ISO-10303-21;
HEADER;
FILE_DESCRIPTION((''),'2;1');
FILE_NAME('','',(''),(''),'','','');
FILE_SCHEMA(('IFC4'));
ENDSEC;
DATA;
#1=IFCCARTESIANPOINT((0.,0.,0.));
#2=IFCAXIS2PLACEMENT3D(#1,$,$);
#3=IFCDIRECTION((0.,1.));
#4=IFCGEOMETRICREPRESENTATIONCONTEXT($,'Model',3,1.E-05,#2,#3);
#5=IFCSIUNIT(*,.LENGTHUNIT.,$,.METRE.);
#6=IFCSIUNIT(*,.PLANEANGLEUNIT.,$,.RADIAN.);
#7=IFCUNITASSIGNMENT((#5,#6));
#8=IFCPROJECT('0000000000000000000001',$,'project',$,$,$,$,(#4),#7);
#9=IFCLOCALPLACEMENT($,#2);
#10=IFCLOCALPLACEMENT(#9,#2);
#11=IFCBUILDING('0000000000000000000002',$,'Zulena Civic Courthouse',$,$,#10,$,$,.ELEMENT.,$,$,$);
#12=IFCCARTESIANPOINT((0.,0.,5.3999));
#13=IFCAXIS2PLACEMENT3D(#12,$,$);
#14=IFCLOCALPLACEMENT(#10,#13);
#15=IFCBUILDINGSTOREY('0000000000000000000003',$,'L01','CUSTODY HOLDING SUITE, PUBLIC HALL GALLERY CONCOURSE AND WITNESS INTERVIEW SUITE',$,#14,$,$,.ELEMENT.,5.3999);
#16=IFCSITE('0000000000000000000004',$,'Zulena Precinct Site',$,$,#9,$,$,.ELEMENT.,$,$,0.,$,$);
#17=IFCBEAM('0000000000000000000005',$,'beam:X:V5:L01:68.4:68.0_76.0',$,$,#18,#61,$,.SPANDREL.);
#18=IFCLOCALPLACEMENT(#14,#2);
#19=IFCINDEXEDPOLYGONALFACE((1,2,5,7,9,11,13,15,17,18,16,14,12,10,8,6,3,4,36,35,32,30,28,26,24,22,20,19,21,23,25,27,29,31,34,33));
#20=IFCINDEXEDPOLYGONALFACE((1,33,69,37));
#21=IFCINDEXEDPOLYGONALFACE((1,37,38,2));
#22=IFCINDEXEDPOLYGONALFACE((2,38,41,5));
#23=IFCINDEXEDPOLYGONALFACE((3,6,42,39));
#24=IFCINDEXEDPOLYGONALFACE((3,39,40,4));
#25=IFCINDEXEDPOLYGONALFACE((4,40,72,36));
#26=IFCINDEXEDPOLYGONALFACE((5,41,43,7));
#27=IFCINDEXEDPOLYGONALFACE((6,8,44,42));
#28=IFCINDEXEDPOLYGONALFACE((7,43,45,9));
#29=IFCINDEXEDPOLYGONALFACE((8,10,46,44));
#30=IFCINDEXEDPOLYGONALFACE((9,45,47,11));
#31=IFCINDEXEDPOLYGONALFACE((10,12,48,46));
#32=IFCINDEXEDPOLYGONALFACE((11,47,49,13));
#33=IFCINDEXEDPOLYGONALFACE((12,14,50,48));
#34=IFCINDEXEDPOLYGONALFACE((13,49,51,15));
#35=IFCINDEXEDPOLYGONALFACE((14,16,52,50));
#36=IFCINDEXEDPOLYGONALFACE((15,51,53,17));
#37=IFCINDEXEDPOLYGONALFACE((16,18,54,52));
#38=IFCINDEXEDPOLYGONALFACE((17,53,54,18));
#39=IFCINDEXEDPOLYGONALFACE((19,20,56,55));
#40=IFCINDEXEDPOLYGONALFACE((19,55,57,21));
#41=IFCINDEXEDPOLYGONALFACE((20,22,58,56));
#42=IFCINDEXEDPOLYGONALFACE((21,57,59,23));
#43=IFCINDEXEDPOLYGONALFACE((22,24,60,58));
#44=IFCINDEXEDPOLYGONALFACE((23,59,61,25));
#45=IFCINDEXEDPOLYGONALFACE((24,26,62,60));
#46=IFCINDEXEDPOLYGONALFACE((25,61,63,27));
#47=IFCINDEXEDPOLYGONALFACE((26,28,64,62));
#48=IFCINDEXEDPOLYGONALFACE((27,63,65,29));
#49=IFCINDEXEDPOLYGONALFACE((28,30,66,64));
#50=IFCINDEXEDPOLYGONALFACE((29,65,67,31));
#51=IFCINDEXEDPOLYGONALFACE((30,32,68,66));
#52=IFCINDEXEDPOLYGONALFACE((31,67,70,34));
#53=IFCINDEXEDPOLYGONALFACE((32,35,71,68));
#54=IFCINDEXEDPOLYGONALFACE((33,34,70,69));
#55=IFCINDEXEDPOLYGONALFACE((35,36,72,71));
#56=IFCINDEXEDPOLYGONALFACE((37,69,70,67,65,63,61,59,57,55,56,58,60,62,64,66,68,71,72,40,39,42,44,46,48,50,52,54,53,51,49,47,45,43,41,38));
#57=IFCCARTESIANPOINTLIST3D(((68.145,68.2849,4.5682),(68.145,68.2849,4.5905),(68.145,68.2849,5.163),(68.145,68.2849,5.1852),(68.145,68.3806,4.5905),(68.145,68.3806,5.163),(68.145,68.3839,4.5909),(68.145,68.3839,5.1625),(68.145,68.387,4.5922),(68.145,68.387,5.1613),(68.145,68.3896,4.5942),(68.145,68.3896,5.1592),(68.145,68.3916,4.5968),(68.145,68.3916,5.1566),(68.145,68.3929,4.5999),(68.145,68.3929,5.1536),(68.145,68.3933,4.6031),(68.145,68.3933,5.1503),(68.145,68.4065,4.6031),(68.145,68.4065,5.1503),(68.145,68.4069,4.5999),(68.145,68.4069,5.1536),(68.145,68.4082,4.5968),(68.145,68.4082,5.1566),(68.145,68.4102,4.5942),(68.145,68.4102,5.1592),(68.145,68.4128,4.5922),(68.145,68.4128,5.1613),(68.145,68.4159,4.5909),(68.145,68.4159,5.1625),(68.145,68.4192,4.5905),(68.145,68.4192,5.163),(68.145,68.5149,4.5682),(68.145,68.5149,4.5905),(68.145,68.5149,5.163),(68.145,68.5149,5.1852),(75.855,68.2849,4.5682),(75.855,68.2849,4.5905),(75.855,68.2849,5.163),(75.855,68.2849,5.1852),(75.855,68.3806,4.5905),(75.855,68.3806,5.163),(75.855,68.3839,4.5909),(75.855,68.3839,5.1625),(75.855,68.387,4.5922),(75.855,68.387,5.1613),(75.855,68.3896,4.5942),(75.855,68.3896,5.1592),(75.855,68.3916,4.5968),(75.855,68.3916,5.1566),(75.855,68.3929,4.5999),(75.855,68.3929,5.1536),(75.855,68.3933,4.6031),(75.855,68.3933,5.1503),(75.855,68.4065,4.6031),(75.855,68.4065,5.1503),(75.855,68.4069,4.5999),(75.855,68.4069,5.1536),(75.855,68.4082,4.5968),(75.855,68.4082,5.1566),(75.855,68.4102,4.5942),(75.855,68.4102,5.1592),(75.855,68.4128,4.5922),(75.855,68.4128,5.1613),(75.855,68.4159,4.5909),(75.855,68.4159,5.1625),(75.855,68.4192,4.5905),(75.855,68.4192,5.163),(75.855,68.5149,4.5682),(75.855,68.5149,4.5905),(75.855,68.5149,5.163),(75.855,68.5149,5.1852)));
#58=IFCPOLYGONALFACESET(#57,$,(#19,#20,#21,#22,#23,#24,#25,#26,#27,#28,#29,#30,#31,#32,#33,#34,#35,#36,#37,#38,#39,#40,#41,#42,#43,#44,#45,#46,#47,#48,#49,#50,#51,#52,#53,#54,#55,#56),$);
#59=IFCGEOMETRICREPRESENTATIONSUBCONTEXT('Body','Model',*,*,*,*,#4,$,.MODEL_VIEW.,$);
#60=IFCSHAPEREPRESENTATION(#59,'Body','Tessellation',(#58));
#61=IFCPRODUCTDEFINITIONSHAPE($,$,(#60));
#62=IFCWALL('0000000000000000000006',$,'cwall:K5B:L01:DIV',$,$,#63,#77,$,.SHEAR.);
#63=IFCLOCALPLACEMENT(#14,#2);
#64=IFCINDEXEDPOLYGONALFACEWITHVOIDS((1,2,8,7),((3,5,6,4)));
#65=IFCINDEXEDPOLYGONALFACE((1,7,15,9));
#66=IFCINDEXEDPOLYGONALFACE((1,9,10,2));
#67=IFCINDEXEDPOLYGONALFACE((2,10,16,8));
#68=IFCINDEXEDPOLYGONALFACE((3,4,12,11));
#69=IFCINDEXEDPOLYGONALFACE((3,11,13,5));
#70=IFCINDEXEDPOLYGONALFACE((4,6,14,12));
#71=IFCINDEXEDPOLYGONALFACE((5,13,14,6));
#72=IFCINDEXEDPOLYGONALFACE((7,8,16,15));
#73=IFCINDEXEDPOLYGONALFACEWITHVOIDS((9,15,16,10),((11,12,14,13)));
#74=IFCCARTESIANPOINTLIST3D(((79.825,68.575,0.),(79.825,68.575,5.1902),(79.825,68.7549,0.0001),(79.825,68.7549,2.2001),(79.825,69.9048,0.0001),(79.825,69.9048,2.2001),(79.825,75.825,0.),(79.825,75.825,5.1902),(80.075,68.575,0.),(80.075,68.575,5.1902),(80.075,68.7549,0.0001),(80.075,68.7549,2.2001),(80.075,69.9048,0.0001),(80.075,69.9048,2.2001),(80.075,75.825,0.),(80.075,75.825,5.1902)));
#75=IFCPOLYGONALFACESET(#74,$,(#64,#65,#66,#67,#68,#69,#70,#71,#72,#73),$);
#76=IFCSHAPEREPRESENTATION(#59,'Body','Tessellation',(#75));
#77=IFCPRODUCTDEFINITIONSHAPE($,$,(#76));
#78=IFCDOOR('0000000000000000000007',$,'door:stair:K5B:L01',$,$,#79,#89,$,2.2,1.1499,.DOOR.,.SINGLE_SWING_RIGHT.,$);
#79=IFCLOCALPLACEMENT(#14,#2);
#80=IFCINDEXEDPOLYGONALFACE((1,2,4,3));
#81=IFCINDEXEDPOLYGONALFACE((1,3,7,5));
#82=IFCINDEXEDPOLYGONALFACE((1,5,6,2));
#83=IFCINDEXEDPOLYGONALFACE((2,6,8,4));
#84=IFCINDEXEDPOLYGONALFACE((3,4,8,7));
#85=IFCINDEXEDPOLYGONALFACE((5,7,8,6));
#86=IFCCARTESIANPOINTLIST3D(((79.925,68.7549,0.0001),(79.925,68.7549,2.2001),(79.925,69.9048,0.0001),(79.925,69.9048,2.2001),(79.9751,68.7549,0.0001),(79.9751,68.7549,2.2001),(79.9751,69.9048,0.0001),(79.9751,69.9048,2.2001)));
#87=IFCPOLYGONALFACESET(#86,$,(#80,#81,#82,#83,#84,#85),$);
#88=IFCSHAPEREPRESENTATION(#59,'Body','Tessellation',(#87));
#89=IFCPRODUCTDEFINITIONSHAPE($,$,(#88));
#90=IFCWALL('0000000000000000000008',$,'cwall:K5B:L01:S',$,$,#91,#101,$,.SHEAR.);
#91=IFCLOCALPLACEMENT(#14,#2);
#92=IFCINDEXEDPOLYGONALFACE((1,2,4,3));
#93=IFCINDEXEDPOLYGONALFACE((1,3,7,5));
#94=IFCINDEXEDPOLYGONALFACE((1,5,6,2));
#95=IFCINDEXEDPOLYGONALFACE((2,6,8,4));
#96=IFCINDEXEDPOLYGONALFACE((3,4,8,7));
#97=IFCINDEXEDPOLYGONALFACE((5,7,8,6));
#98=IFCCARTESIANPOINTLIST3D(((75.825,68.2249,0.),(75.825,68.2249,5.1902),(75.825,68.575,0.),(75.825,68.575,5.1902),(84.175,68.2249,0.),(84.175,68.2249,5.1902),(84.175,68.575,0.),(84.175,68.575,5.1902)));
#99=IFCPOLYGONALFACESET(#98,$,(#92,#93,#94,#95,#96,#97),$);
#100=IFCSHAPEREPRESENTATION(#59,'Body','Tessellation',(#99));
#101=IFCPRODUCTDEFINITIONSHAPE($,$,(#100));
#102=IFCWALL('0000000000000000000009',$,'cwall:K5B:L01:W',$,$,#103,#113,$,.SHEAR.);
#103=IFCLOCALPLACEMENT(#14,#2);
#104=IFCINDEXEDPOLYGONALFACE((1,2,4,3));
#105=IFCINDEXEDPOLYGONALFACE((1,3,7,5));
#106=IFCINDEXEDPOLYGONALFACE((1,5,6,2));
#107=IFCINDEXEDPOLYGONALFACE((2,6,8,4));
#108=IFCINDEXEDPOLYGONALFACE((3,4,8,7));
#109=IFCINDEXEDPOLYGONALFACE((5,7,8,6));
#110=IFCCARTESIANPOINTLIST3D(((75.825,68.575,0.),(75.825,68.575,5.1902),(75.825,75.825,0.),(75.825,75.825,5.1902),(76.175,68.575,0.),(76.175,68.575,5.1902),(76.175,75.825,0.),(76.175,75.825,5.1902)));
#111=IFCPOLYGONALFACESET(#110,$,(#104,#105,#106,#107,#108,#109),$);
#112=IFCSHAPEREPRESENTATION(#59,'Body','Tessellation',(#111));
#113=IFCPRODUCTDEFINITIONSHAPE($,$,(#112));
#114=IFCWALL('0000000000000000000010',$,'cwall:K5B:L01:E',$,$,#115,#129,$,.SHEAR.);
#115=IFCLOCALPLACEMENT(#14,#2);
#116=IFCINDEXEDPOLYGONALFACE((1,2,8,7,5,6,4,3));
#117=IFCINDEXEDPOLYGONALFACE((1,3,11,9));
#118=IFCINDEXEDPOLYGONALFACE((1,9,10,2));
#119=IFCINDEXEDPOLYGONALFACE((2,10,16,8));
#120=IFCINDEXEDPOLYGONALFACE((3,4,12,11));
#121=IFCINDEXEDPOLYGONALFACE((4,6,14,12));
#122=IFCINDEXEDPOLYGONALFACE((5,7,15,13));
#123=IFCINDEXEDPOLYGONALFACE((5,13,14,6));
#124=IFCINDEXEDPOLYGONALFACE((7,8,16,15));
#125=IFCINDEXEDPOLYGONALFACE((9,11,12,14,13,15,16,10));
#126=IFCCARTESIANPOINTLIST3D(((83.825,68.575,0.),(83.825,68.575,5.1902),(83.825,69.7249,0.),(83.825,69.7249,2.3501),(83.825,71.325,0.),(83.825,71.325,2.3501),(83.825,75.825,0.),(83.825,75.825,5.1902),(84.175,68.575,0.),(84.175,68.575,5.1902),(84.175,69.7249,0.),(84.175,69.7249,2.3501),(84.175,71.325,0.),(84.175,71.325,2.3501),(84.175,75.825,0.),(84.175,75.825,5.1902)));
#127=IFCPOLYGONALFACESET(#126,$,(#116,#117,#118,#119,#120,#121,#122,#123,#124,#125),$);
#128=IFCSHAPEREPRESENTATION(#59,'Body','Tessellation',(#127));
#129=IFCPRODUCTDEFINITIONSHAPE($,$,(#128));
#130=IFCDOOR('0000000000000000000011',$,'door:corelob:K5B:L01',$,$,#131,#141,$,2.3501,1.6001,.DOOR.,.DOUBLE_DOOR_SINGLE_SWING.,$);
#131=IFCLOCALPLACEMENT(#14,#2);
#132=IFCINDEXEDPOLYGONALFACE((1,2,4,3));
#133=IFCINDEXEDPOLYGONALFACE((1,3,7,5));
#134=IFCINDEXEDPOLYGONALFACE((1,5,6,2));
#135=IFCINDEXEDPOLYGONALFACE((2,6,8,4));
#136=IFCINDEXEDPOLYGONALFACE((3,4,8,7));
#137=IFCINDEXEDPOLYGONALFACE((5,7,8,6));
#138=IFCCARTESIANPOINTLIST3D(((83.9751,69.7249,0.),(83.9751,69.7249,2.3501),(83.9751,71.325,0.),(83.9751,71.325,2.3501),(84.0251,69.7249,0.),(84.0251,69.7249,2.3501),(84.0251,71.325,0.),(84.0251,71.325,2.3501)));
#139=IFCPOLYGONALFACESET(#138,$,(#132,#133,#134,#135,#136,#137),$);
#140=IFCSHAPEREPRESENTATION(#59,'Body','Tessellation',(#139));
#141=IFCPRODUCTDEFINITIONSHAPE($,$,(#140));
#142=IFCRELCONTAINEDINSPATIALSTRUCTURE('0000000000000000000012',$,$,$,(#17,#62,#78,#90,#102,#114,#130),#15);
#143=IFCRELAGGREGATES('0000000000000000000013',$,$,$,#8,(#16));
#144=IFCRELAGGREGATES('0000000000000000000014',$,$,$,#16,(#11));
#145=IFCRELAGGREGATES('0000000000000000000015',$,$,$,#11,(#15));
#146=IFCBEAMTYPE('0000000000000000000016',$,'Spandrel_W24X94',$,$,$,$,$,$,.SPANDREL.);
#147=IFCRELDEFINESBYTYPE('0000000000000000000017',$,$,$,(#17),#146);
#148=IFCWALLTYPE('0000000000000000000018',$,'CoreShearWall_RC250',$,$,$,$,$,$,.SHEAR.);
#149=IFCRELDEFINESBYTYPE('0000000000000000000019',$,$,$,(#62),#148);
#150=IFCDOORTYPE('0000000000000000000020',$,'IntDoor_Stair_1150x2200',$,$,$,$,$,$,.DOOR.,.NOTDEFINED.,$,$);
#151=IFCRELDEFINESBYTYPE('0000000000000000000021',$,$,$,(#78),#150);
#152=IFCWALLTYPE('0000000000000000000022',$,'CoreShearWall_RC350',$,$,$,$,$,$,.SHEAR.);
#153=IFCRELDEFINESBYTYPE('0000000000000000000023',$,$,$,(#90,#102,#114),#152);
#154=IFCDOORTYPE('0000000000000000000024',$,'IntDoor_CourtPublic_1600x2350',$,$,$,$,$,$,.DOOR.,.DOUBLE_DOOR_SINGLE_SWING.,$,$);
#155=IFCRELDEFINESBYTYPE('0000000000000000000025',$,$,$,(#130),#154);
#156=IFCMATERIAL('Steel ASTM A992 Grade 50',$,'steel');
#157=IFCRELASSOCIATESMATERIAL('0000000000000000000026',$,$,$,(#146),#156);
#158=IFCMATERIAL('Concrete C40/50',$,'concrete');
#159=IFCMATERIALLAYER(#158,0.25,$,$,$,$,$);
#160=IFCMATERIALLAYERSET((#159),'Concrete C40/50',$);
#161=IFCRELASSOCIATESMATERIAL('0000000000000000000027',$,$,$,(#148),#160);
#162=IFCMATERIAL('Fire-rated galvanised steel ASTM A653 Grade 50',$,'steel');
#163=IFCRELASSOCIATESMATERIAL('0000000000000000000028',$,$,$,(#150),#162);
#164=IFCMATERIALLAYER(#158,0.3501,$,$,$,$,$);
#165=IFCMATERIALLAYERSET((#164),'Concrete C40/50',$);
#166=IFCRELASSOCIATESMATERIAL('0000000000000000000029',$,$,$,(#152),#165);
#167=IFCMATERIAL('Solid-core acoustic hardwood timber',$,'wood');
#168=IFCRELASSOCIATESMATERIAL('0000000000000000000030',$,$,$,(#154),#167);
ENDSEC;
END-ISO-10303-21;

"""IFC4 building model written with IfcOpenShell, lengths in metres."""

from ifc_helpers import new_model, si_unit, direction, frame, frame_2d, origin, origin_2d, place, context, subcontext, project, spatial, rectangle, i_section, extrude, material, layer, layer_set, material_profile, profile_set, type_object, element, fill, save


model = new_model("IFC4")

# Units and contexts
model_context = context("Model", 3, precision=1e-05, world=origin(), true_north=direction((0.0, 1.0)))
body_context = subcontext(model_context, "Body", "Model", "MODEL_VIEW")
ifc_project = project(units=[si_unit("LENGTHUNIT", "METRE"), si_unit("PLANEANGLEUNIT", "RADIAN")], contexts=[model_context])

# Site, building, storey
site_placement = place(None, origin())
site = spatial("IfcSite", under=ifc_project, at=site_placement, Name="Zulena Precinct Site", CompositionType="ELEMENT", RefElevation=0.0)
building_placement = place(site_placement, origin())
building = spatial("IfcBuilding", under=site, at=building_placement, Name="Zulena Civic Courthouse", CompositionType="ELEMENT")
storey_placement = place(building_placement, frame((0.0, 0.0, 5.3999)))
storey = spatial("IfcBuildingStorey", under=building, at=storey_placement, Name="L01", Description="CUSTODY HOLDING SUITE, PUBLIC HALL GALLERY CONCOURSE AND WITNESS INTERVIEW SUITE", CompositionType="ELEMENT", Elevation=5.3999)

# Shared definitions
ifc_material_1 = material(Name="Steel ASTM A992 Grade 50", Category="steel")

# Beam
ifc_material_profile_1 = material_profile(ifc_material_1, i_section(OverallWidth=0.23, OverallDepth=0.6169, WebThickness=0.0132, FlangeThickness=0.0222, FilletRadius=0.0127, at=origin_2d()), Name="W24X94")
ifc_profile_set_1 = profile_set([ifc_material_profile_1], Name="Steel ASTM A992 Grade 50")
beam_type_1 = type_object("IfcBeamType", Name="Spandrel_W24X94", PredefinedType="SPANDREL", material=ifc_profile_set_1)
beam_1_placement = place(storey_placement, frame((68.145, 68.3999, 4.8767), z_axis=(1.0, 0.0, 0.0), x_axis=(0.0, 1.0, 0.0)))
element("IfcBeam", 1, at=beam_1_placement, inside=storey, type_object=beam_type_1, Name="beam:X:V5:L01:68.4:68.0_76.0", PredefinedType="SPANDREL", context=body_context, shape_type="SweptSolid", body=[
    extrude(i_section(OverallWidth=0.23, OverallDepth=0.6169, WebThickness=0.0132, FlangeThickness=0.0222, FilletRadius=0.0127, at=origin_2d()), origin(), (0.0, 0.0, 1.0), 7.71),
])

# Wall, opening, door
ifc_material_2 = material(Name="Concrete C40/50", Category="concrete")
ifc_layer_1 = layer(ifc_material_2, 0.25)
ifc_layer_set_1 = layer_set([ifc_layer_1], Name="Concrete C40/50")
wall_type_1 = type_object("IfcWallType", Name="CoreShearWall_RC250", PredefinedType="SHEAR", material=ifc_layer_set_1)
wall_1_placement = place(storey_placement, frame((79.95, 68.575, 0.0), z_axis=(0.0, 0.0, 1.0), x_axis=(0.0, 1.0, 0.0)))
wall_1 = element("IfcWall", 2, at=wall_1_placement, inside=storey, type_object=wall_type_1, Name="cwall:K5B:L01:DIV", PredefinedType="SHEAR", context=body_context, shape_type="SweptSolid", body=[
    extrude(rectangle(XDim=7.25, YDim=0.25, at=frame_2d((3.625, 0.0))), origin(), (0.0, 0.0, 1.0), 5.1902),
])
opening_1_placement = place(wall_1_placement, frame((0.1799, 0.0, 0.0)))
opening_1 = element("IfcOpeningElement", 3, at=opening_1_placement, cuts=wall_1, PredefinedType="OPENING", context=body_context, shape_type="SweptSolid", body=[
    extrude(rectangle(XDim=1.1499, YDim=2.2, at=frame_2d((0.575, 1.1001))), frame((0.0, 0.135, 0.0), z_axis=(0.0, -1.0, 0.0), x_axis=(1.0, 0.0, 0.0)), (0.0, 0.0, 1.0), 0.27),
])
ifc_material_3 = material(Name="Fire-rated galvanised steel ASTM A653 Grade 50", Category="steel")
door_type_1 = type_object("IfcDoorType", Name="IntDoor_Stair_1150x2200", OperationType="NOTDEFINED", PredefinedType="DOOR", material=ifc_material_3)
door_1_placement = place(opening_1_placement, origin())
door_1 = element("IfcDoor", 4, at=door_1_placement, inside=storey, type_object=door_type_1, Name="door:stair:K5B:L01", OperationType="SINGLE_SWING_RIGHT", OverallHeight=2.2, OverallWidth=1.1499, PredefinedType="DOOR", context=body_context, shape_type="SweptSolid", body=[
    extrude(rectangle(XDim=1.1499, YDim=2.2, at=frame_2d((0.575, 1.1001))), frame((0.0, 0.0249, 0.0), z_axis=(0.0, -1.0, 0.0), x_axis=(1.0, 0.0, 0.0)), (0.0, 0.0, 1.0), 0.05),
])
fill(opening_1, door_1)

# Walls
ifc_layer_2 = layer(ifc_material_2, 0.3501)
ifc_layer_set_2 = layer_set([ifc_layer_2], Name="Concrete C40/50")
wall_type_2 = type_object("IfcWallType", Name="CoreShearWall_RC350", PredefinedType="SHEAR", material=ifc_layer_set_2)
wall_2_placement = place(storey_placement, frame((75.825, 68.3999, 0.0), z_axis=(0.0, 0.0, 1.0), x_axis=(1.0, 0.0, 0.0)))
element("IfcWall", 5, at=wall_2_placement, inside=storey, type_object=wall_type_2, Name="cwall:K5B:L01:S", PredefinedType="SHEAR", context=body_context, shape_type="SweptSolid", body=[
    extrude(rectangle(XDim=8.3501, YDim=0.3501, at=frame_2d((4.175, 0.0))), origin(), (0.0, 0.0, 1.0), 5.1902),
])
wall_3_placement = place(storey_placement, frame((76.0, 68.575, 0.0), z_axis=(0.0, 0.0, 1.0), x_axis=(0.0, 1.0, 0.0)))
element("IfcWall", 6, at=wall_3_placement, inside=storey, type_object=wall_type_2, Name="cwall:K5B:L01:W", PredefinedType="SHEAR", context=body_context, shape_type="SweptSolid", body=[
    extrude(rectangle(XDim=7.25, YDim=0.3501, at=frame_2d((3.625, 0.0))), origin(), (0.0, 0.0, 1.0), 5.1902),
])

# Wall, opening, door
wall_4_placement = place(storey_placement, frame((84.0, 68.575, 0.0), z_axis=(0.0, 0.0, 1.0), x_axis=(0.0, 1.0, 0.0)))
wall_4 = element("IfcWall", 7, at=wall_4_placement, inside=storey, type_object=wall_type_2, Name="cwall:K5B:L01:E", PredefinedType="SHEAR", context=body_context, shape_type="SweptSolid", body=[
    extrude(rectangle(XDim=7.25, YDim=0.3501, at=frame_2d((3.625, 0.0))), origin(), (0.0, 0.0, 1.0), 5.1902),
])
opening_2_placement = place(wall_4_placement, frame((1.1499, 0.0, 0.0)))
opening_2 = element("IfcOpeningElement", 8, at=opening_2_placement, cuts=wall_4, PredefinedType="OPENING", context=body_context, shape_type="SweptSolid", body=[
    extrude(rectangle(XDim=1.6001, YDim=2.3501, at=frame_2d((0.8, 1.175))), frame((0.0, 0.1851, 0.0), z_axis=(0.0, -1.0, 0.0), x_axis=(1.0, 0.0, 0.0)), (0.0, 0.0, 1.0), 0.3701),
])
ifc_material_4 = material(Name="Solid-core acoustic hardwood timber", Category="wood")
door_type_2 = type_object("IfcDoorType", Name="IntDoor_CourtPublic_1600x2350", OperationType="DOUBLE_DOOR_SINGLE_SWING", PredefinedType="DOOR", material=ifc_material_4)
door_2_placement = place(opening_2_placement, origin())
door_2 = element("IfcDoor", 9, at=door_2_placement, inside=storey, type_object=door_type_2, Name="door:corelob:K5B:L01", OperationType="DOUBLE_DOOR_SINGLE_SWING", OverallHeight=2.3501, OverallWidth=1.6001, PredefinedType="DOOR", context=body_context, shape_type="SweptSolid", body=[
    extrude(rectangle(XDim=1.6001, YDim=2.3501, at=frame_2d((0.8, 1.175))), frame((0.0, 0.0249, 0.0), z_axis=(0.0, -1.0, 0.0), x_axis=(1.0, 0.0, 0.0)), (0.0, 0.0, 1.0), 0.05),
])
fill(opening_2, door_2)

save(model, "model.ifc")
